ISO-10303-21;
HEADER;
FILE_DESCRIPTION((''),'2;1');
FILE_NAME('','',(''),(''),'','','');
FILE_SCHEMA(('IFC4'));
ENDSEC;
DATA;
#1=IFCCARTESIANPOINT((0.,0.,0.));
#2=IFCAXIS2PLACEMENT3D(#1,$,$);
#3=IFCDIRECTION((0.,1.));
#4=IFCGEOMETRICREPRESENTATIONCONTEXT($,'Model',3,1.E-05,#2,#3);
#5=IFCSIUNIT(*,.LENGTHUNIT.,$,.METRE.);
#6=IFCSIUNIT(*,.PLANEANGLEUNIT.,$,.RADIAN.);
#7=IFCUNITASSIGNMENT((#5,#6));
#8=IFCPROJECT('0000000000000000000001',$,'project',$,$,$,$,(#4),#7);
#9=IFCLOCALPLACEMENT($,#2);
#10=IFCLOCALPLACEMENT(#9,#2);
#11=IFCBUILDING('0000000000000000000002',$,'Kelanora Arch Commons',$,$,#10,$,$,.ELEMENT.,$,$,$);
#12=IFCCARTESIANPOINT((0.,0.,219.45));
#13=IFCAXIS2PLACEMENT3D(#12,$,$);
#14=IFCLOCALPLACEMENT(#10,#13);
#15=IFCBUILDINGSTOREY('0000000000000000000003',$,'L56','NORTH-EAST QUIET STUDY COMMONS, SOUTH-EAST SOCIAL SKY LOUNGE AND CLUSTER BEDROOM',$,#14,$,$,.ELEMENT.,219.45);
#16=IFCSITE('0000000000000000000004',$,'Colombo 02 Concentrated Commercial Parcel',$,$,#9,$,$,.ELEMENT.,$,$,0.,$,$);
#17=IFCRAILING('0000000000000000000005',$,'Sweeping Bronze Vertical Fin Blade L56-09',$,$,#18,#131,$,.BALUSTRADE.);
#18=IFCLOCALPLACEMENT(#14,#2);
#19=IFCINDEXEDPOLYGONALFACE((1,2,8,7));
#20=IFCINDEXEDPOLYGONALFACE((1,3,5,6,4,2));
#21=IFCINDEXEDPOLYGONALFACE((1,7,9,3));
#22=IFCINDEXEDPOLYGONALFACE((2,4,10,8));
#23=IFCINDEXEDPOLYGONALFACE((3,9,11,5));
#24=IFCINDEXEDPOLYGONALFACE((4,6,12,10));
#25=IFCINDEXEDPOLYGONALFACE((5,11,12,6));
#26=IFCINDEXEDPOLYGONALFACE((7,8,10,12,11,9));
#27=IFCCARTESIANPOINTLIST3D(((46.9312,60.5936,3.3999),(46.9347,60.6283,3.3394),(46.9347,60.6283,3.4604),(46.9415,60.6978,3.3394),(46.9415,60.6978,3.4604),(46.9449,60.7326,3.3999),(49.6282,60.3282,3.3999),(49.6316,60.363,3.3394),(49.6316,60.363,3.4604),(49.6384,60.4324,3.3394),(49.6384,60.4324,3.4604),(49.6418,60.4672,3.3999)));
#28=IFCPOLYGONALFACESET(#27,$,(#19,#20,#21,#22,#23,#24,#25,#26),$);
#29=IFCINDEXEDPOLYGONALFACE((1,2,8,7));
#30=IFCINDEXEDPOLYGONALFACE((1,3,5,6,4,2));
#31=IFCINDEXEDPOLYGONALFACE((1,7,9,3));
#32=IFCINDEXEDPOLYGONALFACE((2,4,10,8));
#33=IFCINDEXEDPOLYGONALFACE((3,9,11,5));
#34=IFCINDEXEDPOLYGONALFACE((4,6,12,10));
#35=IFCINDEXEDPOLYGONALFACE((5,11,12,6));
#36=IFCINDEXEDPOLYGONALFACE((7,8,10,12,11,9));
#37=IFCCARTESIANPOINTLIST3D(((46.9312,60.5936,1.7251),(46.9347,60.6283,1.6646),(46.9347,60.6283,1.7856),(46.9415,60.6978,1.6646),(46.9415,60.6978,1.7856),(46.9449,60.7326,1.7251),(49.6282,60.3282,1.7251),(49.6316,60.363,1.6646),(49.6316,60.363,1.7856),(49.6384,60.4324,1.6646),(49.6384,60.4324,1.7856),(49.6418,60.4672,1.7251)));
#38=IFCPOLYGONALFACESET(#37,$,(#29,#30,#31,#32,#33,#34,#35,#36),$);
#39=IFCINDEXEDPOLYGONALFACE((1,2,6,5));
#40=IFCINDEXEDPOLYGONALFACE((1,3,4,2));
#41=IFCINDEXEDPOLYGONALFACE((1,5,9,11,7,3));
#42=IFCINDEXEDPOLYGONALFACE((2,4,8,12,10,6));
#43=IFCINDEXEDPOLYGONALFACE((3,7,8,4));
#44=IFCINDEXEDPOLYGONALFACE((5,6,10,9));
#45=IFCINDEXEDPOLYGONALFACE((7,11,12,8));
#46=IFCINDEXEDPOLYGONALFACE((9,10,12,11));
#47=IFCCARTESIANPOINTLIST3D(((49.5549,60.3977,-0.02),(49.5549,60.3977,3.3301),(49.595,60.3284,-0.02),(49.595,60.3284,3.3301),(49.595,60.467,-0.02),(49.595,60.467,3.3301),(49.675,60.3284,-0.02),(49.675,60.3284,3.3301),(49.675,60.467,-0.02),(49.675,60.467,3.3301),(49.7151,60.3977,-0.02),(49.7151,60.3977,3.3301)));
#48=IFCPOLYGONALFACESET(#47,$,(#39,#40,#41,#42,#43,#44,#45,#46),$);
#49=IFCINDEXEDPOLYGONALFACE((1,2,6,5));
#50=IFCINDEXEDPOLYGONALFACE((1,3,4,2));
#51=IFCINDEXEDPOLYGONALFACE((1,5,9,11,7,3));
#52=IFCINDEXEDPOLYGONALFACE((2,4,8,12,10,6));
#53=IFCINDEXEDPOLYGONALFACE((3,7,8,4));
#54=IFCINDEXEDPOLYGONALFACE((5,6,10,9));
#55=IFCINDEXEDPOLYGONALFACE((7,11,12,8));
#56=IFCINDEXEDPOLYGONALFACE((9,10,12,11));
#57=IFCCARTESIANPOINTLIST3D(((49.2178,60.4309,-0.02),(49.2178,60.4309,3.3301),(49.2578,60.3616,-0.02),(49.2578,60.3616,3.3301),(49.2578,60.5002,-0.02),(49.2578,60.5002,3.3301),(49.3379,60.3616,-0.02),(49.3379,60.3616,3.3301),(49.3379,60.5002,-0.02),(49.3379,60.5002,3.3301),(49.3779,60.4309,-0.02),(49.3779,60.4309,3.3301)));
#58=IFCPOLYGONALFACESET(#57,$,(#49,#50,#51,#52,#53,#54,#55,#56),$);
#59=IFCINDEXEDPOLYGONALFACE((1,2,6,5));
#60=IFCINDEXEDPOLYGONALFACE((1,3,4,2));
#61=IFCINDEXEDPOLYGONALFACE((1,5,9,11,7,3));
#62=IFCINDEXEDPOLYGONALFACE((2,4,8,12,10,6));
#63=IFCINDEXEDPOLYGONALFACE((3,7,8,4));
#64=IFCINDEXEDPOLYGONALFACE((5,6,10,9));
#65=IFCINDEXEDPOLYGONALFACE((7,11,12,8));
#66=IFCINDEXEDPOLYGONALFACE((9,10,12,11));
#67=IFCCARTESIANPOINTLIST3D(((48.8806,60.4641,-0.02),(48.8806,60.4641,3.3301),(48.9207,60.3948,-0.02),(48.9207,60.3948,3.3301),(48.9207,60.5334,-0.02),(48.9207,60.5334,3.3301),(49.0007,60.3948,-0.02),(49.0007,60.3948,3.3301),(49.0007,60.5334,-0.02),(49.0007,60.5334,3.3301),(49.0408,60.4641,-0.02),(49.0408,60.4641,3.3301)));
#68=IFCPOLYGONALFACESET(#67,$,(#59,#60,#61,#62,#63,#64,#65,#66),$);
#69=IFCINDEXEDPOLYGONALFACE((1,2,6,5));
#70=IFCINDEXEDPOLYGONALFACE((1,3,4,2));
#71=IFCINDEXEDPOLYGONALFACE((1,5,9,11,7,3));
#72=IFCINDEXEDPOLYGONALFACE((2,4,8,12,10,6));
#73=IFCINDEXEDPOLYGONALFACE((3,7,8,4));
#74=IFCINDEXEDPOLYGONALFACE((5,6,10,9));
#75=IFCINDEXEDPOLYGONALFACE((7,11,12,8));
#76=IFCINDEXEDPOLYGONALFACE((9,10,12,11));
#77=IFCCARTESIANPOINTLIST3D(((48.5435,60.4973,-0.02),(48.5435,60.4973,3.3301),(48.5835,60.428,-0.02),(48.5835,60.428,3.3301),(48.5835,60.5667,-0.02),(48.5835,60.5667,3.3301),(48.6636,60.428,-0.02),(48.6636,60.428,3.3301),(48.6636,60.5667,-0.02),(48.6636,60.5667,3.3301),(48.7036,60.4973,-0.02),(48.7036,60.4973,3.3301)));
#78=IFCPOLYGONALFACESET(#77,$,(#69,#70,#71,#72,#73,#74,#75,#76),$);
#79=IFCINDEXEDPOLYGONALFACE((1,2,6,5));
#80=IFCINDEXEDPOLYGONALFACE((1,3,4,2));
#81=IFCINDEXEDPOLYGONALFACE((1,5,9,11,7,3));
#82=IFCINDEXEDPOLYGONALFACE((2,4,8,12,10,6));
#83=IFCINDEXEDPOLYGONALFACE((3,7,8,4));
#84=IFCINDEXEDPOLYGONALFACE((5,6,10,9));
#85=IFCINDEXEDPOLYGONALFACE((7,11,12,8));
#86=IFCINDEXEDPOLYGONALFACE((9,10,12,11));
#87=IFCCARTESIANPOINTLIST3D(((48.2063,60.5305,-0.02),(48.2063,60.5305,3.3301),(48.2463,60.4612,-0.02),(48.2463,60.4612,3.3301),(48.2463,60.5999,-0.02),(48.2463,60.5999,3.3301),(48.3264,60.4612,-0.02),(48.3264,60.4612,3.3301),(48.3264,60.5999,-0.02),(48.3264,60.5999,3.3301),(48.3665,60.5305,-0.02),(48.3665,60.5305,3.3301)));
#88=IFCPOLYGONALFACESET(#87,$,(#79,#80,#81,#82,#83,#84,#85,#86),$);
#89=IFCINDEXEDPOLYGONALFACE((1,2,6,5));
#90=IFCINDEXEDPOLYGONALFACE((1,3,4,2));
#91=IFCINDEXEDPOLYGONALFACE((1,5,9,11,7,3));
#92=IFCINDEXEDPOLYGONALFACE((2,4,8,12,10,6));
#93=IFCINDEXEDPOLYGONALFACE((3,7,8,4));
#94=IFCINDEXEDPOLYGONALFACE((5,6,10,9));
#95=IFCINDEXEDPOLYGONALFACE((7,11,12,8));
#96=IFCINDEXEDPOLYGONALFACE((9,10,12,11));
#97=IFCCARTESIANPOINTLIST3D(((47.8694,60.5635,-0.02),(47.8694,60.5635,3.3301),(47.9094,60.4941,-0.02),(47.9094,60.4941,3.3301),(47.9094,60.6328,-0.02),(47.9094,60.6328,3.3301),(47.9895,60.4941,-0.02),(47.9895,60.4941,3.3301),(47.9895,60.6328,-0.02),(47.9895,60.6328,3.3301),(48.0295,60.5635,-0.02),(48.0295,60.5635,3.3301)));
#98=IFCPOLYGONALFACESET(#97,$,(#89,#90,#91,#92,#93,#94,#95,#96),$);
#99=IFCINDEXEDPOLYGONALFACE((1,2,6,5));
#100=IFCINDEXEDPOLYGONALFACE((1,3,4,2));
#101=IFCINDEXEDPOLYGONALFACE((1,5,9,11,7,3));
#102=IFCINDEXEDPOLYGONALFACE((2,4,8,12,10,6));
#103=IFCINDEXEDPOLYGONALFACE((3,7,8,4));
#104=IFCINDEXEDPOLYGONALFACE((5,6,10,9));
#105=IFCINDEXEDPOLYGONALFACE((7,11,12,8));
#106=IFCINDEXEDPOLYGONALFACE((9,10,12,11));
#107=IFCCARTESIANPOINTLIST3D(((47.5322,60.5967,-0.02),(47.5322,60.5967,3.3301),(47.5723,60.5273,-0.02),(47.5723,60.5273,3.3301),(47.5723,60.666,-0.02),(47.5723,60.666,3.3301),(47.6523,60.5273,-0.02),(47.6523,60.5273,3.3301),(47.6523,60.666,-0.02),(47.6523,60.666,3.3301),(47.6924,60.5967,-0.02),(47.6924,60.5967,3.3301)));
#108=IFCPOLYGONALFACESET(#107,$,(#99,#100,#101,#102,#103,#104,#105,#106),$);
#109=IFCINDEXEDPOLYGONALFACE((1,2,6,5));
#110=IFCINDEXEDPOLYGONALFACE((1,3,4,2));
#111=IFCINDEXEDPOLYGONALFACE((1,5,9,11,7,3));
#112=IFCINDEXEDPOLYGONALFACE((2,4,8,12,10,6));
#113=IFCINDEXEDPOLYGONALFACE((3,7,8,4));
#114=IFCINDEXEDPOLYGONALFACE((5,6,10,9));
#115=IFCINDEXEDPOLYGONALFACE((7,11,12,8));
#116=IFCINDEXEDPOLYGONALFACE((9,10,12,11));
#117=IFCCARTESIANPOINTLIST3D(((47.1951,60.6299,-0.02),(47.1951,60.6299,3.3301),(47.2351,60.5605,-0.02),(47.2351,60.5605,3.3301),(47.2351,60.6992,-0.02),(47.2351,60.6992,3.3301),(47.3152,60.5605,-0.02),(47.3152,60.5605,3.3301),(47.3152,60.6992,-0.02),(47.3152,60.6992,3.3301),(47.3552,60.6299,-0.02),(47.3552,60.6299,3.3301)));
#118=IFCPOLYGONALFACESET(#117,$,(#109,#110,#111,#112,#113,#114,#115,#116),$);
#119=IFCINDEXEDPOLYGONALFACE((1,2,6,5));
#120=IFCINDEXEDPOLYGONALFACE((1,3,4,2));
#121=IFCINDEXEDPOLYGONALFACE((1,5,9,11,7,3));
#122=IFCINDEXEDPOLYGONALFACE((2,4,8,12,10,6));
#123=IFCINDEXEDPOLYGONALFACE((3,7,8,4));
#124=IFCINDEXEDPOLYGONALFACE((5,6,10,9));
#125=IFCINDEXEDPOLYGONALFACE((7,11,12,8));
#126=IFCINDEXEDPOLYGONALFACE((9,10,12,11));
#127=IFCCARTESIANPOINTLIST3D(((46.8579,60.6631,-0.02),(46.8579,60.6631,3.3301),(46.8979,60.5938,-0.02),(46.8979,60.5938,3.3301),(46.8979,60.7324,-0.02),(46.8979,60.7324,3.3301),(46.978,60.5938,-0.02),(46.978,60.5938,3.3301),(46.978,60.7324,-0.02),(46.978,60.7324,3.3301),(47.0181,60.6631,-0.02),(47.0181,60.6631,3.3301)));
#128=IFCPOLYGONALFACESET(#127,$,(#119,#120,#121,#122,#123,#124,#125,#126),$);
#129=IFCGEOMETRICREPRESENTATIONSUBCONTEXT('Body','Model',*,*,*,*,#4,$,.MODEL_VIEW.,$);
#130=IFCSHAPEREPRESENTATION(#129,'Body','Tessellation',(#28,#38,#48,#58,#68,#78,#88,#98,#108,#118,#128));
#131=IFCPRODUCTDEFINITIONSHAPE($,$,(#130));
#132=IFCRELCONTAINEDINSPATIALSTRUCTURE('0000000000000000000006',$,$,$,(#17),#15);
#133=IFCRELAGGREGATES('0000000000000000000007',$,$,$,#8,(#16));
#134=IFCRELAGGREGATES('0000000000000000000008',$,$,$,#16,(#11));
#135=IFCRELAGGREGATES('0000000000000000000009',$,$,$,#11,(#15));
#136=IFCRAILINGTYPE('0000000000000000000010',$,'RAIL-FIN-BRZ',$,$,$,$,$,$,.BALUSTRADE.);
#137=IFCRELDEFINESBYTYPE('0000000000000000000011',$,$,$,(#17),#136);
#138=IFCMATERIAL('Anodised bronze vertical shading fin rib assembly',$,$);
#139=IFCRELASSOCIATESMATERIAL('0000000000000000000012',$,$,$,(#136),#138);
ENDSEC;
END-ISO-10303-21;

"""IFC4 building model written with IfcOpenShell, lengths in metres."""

from ifc_helpers import new_model, si_unit, direction, frame, origin, place, context, subcontext, project, spatial, polyline, outline, extrude, material, type_object, element, save


model = new_model("IFC4")

# Units and contexts
model_context = context("Model", 3, precision=1e-05, world=origin(), true_north=direction((0.0, 1.0)))
body_context = subcontext(model_context, "Body", "Model", "MODEL_VIEW")
ifc_project = project(units=[si_unit("LENGTHUNIT", "METRE"), si_unit("PLANEANGLEUNIT", "RADIAN")], contexts=[model_context])

# Site, building, storey
site_placement = place(None, origin())
site = spatial("IfcSite", under=ifc_project, at=site_placement, Name="Colombo 02 Concentrated Commercial Parcel", CompositionType="ELEMENT", RefElevation=0.0)
building_placement = place(site_placement, origin())
building = spatial("IfcBuilding", under=site, at=building_placement, Name="Kelanora Arch Commons", CompositionType="ELEMENT")
storey_placement = place(building_placement, frame((0.0, 0.0, 219.45)))
storey = spatial("IfcBuildingStorey", under=building, at=storey_placement, Name="L56", Description="NORTH-EAST QUIET STUDY COMMONS, SOUTH-EAST SOCIAL SKY LOUNGE AND CLUSTER BEDROOM", CompositionType="ELEMENT", Elevation=219.45)

# Railing
ifc_material_1 = material(Name="Anodised bronze vertical shading fin rib assembly")
railing_type = type_object("IfcRailingType", Name="RAIL-FIN-BRZ", PredefinedType="BALUSTRADE", material=ifc_material_1)
railing_1_placement = place(storey_placement, frame((49.635, 60.3977, -0.02)))
element("IfcRailing", 1, at=railing_1_placement, inside=storey, type_object=railing_type, Name="Sweeping Bronze Vertical Fin Blade L56-09", PredefinedType="BALUSTRADE", context=body_context, shape_type="SweptSolid", body=[
    extrude(outline(polyline([(0.0698, 0.0), (0.0349, 0.0605), (-0.0349, 0.0605), (-0.0698, 0.0), (-0.0349, -0.0605), (0.0349, -0.0605), (0.0698, 0.0)])), frame((0.0, 0.0, 3.4199), z_axis=(-0.995194, 0.097925, 0.0), x_axis=(-0.097925, -0.995194, 0.0)), (0.0, 0.0, 1.0), 2.71),
    extrude(outline(polyline([(0.0698, 0.0), (0.0349, 0.0605), (-0.0349, 0.0605), (-0.0698, 0.0), (-0.0349, -0.0605), (0.0349, -0.0605), (0.0698, 0.0)])), frame((0.0, 0.0, 1.7451), z_axis=(-0.995194, 0.097925, 0.0), x_axis=(-0.097925, -0.995194, 0.0)), (0.0, 0.0, 1.0), 2.71),
    extrude(outline(polyline([(0.0801, 0.0), (0.04, 0.0693), (-0.04, 0.0693), (-0.0801, 0.0), (-0.04, -0.0693), (0.04, -0.0693), (0.0801, 0.0)])), origin(), (0.0, 0.0, 1.0), 3.3501),
    extrude(outline(polyline([(0.0801, 0.0), (0.04, 0.0693), (-0.04, 0.0693), (-0.0801, 0.0), (-0.04, -0.0693), (0.04, -0.0693), (0.0801, 0.0)])), frame((-0.3372, 0.0332, 0.0)), (0.0, 0.0, 1.0), 3.3501),
    extrude(outline(polyline([(0.0801, 0.0), (0.04, 0.0693), (-0.04, 0.0693), (-0.0801, 0.0), (-0.04, -0.0693), (0.04, -0.0693), (0.0801, 0.0)])), frame((-0.6743, 0.0664, 0.0)), (0.0, 0.0, 1.0), 3.3501),
    extrude(outline(polyline([(0.0801, 0.0), (0.04, 0.0693), (-0.04, 0.0693), (-0.0801, 0.0), (-0.04, -0.0693), (0.04, -0.0693), (0.0801, 0.0)])), frame((-1.0115, 0.0996, 0.0)), (0.0, 0.0, 1.0), 3.3501),
    extrude(outline(polyline([(0.0801, 0.0), (0.04, 0.0693), (-0.04, 0.0693), (-0.0801, 0.0), (-0.04, -0.0693), (0.04, -0.0693), (0.0801, 0.0)])), frame((-1.3486, 0.1328, 0.0)), (0.0, 0.0, 1.0), 3.3501),
    extrude(outline(polyline([(0.0801, 0.0), (0.04, 0.0693), (-0.04, 0.0693), (-0.0801, 0.0), (-0.04, -0.0693), (0.04, -0.0693), (0.0801, 0.0)])), frame((-1.6855, 0.1658, 0.0)), (0.0, 0.0, 1.0), 3.3501),
    extrude(outline(polyline([(0.0801, 0.0), (0.04, 0.0693), (-0.04, 0.0693), (-0.0801, 0.0), (-0.04, -0.0693), (0.04, -0.0693), (0.0801, 0.0)])), frame((-2.0227, 0.199, 0.0)), (0.0, 0.0, 1.0), 3.3501),
    extrude(outline(polyline([(0.0801, 0.0), (0.04, 0.0693), (-0.04, 0.0693), (-0.0801, 0.0), (-0.04, -0.0693), (0.04, -0.0693), (0.0801, 0.0)])), frame((-2.3599, 0.2322, 0.0)), (0.0, 0.0, 1.0), 3.3501),
    extrude(outline(polyline([(0.0801, 0.0), (0.04, 0.0693), (-0.04, 0.0693), (-0.0801, 0.0), (-0.04, -0.0693), (0.04, -0.0693), (0.0801, 0.0)])), frame((-2.697, 0.2654, 0.0)), (0.0, 0.0, 1.0), 3.3501),
])

save(model, "model.ifc")
